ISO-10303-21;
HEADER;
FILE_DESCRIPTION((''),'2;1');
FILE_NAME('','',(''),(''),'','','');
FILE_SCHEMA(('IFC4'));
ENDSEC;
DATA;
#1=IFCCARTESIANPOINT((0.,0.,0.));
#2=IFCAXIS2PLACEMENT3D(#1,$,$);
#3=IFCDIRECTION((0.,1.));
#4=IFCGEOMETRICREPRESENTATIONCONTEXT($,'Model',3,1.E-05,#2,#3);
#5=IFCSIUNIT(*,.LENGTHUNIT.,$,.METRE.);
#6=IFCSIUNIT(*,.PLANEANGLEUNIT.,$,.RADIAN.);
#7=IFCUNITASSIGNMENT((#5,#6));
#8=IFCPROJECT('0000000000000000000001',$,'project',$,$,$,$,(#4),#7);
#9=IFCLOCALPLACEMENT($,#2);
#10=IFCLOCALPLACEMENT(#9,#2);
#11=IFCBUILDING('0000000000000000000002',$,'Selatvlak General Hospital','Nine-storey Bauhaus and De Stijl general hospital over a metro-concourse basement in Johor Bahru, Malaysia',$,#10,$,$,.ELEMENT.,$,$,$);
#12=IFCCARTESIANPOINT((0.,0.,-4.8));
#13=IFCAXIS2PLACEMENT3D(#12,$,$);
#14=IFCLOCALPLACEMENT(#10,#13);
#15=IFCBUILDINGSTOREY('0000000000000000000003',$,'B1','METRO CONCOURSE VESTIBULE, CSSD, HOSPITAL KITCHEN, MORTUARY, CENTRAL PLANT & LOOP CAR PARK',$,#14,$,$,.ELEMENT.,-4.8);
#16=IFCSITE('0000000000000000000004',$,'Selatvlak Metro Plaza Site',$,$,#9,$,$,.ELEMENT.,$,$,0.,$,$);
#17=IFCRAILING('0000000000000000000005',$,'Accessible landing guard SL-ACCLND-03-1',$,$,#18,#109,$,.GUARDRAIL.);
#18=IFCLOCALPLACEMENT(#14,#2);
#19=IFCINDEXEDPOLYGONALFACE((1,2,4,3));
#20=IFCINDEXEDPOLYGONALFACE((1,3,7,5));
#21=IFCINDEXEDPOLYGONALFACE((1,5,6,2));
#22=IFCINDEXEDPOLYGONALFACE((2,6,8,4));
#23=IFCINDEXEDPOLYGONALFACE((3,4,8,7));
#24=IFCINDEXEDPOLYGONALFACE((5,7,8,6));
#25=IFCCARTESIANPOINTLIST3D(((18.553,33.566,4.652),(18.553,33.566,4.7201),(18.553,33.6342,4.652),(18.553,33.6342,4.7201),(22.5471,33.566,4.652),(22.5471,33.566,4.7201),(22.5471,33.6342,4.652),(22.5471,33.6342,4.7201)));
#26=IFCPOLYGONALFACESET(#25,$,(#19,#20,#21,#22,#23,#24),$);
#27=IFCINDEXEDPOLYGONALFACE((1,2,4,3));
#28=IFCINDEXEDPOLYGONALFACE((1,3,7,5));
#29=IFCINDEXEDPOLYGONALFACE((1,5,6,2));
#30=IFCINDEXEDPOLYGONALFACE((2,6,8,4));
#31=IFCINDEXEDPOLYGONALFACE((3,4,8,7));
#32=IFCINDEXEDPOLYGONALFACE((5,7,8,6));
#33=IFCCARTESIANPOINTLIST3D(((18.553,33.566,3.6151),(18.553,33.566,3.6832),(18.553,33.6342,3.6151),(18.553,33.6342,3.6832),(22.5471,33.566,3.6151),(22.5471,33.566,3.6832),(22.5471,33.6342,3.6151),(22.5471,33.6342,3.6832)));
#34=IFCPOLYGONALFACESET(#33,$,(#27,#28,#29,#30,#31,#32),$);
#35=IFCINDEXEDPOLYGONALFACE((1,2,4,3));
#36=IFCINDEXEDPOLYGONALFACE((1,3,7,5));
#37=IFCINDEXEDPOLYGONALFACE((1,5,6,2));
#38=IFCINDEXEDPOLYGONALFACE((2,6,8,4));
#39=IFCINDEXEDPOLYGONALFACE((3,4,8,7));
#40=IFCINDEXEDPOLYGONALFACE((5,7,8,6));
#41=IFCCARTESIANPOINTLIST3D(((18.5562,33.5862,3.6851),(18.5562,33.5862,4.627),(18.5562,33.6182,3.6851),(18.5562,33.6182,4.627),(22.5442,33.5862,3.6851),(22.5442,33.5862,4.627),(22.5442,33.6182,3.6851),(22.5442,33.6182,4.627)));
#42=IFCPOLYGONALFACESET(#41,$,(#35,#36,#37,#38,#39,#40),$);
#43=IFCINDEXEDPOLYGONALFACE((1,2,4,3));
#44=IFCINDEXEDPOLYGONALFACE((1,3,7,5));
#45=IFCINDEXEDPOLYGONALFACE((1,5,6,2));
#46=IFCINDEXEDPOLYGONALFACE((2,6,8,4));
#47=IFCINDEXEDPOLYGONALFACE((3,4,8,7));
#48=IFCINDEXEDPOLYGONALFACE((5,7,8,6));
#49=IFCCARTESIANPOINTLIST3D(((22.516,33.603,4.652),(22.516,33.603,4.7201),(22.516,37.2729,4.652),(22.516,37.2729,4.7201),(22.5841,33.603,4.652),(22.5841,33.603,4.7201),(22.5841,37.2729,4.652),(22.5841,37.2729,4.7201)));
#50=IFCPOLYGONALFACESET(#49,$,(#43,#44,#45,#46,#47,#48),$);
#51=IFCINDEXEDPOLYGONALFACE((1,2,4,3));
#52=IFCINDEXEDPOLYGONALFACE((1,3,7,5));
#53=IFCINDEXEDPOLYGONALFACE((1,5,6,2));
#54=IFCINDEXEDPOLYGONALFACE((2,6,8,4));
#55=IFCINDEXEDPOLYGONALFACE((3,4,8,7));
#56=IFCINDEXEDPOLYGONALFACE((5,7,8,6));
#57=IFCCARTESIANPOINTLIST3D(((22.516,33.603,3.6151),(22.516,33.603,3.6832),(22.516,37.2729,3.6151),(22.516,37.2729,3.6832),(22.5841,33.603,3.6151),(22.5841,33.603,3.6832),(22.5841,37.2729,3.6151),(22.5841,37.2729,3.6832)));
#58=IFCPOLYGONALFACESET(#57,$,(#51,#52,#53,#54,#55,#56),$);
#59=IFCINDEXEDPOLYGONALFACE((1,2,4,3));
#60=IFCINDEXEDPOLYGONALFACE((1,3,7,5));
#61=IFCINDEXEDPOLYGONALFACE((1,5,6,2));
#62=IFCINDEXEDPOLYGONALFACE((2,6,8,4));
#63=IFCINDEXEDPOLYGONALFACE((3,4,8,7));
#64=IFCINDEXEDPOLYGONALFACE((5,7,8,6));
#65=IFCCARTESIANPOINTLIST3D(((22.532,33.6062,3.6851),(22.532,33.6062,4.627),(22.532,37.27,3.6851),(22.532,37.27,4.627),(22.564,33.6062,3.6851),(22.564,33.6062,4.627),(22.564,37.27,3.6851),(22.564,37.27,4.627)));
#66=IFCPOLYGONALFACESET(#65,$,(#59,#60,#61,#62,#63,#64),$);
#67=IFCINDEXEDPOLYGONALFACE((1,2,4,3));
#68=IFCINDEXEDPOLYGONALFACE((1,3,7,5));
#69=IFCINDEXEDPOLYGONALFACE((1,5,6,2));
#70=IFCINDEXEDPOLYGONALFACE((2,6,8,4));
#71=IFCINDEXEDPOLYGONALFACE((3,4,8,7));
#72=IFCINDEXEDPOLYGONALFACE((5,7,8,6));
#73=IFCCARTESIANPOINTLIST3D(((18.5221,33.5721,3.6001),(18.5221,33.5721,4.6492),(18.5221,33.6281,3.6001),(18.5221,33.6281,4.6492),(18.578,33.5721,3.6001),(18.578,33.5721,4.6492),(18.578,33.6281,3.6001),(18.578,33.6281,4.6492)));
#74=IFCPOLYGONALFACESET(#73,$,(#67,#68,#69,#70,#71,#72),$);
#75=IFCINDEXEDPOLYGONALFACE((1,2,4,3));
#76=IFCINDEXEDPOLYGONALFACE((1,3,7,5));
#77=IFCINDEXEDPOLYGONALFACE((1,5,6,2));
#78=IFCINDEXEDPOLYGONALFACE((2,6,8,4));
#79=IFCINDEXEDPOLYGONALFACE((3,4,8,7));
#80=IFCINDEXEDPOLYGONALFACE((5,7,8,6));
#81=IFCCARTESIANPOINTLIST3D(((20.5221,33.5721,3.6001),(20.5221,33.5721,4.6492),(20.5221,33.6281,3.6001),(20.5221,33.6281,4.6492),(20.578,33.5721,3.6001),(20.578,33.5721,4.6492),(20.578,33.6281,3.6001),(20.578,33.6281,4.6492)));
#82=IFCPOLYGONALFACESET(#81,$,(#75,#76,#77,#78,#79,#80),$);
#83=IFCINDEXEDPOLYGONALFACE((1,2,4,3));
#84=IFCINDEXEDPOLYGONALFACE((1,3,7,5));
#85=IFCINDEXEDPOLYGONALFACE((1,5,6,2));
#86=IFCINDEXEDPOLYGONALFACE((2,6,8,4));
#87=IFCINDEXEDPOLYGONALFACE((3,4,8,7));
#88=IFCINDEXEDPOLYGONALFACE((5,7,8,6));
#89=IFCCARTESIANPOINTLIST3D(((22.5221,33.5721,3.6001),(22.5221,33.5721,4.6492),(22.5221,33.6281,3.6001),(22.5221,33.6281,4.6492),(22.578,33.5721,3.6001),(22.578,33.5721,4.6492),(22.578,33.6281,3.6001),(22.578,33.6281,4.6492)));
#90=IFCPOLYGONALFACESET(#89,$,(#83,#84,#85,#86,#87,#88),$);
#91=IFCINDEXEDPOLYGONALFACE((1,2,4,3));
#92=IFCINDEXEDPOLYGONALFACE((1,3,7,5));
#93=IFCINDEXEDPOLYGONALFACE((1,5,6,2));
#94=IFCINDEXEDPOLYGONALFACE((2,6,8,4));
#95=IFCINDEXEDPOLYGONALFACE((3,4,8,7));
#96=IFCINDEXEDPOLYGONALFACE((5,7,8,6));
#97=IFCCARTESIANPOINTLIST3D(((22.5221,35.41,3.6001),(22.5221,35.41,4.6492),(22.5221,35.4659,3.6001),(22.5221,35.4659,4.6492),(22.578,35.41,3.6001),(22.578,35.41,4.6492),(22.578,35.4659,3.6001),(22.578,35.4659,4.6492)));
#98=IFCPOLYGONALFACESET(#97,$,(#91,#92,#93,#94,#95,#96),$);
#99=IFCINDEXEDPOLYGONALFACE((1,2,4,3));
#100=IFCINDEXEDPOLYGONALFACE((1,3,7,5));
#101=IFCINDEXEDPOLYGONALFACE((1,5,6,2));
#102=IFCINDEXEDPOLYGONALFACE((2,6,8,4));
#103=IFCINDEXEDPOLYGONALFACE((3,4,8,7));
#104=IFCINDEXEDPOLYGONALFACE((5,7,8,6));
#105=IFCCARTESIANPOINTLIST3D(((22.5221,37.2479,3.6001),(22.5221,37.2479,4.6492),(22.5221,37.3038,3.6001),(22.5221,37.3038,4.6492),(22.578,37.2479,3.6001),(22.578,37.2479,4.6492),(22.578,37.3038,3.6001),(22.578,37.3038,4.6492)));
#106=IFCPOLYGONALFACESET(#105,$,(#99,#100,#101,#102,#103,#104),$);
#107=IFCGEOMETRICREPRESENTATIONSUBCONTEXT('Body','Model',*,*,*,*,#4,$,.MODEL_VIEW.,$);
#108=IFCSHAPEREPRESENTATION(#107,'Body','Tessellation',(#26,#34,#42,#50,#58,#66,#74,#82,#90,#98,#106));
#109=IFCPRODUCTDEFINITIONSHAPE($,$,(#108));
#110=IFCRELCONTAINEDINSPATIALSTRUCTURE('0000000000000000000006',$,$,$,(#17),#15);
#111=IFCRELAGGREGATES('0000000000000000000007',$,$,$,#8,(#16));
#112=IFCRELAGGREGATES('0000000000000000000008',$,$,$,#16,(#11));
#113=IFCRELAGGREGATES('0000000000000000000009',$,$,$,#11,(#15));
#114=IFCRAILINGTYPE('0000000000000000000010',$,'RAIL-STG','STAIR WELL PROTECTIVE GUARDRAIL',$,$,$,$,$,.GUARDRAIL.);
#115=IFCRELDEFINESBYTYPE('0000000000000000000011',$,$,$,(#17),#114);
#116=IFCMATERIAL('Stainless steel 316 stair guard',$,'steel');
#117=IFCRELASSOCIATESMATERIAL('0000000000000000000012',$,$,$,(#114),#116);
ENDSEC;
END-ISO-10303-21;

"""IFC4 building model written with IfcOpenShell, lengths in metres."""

from ifc_helpers import new_model, si_unit, direction, frame, origin, origin_2d, place, context, subcontext, project, spatial, polyline, rectangle, outline, extrude, material, type_object, element, save


model = new_model("IFC4")

# Units and contexts
model_context = context("Model", 3, precision=1e-05, world=origin(), true_north=direction((0.0, 1.0)))
body_context = subcontext(model_context, "Body", "Model", "MODEL_VIEW")
ifc_project = project(units=[si_unit("LENGTHUNIT", "METRE"), si_unit("PLANEANGLEUNIT", "RADIAN")], contexts=[model_context])

# Site, building, storey
site_placement = place(None, origin())
site = spatial("IfcSite", under=ifc_project, at=site_placement, Name="Selatvlak Metro Plaza Site", CompositionType="ELEMENT", RefElevation=0.0)
building_placement = place(site_placement, origin())
building = spatial("IfcBuilding", under=site, at=building_placement, Name="Selatvlak General Hospital", Description="Nine-storey Bauhaus and De Stijl general hospital over a metro-concourse basement in Johor Bahru, Malaysia", CompositionType="ELEMENT")
storey_placement = place(building_placement, frame((0.0, 0.0, -4.8)))
storey = spatial("IfcBuildingStorey", under=building, at=storey_placement, Name="B1", Description="METRO CONCOURSE VESTIBULE, CSSD, HOSPITAL KITCHEN, MORTUARY, CENTRAL PLANT & LOOP CAR PARK", CompositionType="ELEMENT", Elevation=-4.8)

# Railing
ifc_material_1 = material(Name="Stainless steel 316 stair guard", Category="steel")
railing_type = type_object("IfcRailingType", Name="RAIL-STG", Description="STAIR WELL PROTECTIVE GUARDRAIL", PredefinedType="GUARDRAIL", material=ifc_material_1)
railing_placement = place(storey_placement, frame((18.55, 33.6001, 3.6001)))
element("IfcRailing", 1, at=railing_placement, inside=storey, type_object=railing_type, Name="Accessible landing guard SL-ACCLND-03-1", PredefinedType="GUARDRAIL", context=body_context, shape_type="SweptSolid", body=[
    extrude(rectangle(XDim=0.0681, YDim=0.0681, at=origin_2d()), frame((0.0029, 0.0, 1.0859), z_axis=(1.0, 0.0, 0.0), x_axis=(0.0, 1.0, 0.0)), (0.0, 0.0, 1.0), 3.9941),
    extrude(rectangle(XDim=0.0681, YDim=0.0681, at=origin_2d()), frame((0.0029, 0.0, 0.0491), z_axis=(1.0, 0.0, 0.0), x_axis=(0.0, 1.0, 0.0)), (0.0, 0.0, 1.0), 3.9941),
    extrude(outline(polyline([(0.0, 0.0), (3.988, 0.0), (3.988, 0.9419), (0.0, 0.9419), (0.0, 0.0)])), frame((0.0061, 0.0181, 0.085), z_axis=(0.0, -1.0, 0.0), x_axis=(1.0, 0.0, 0.0)), (0.0, 0.0, 1.0), 0.032),
    extrude(rectangle(XDim=0.0681, YDim=0.0681, at=origin_2d()), frame((4.0, 0.0029, 1.0859), z_axis=(0.0, 1.0, 0.0), x_axis=(-1.0, 0.0, 0.0)), (0.0, 0.0, 1.0), 3.6699),
    extrude(rectangle(XDim=0.0681, YDim=0.0681, at=origin_2d()), frame((4.0, 0.0029, 0.0491), z_axis=(0.0, 1.0, 0.0), x_axis=(-1.0, 0.0, 0.0)), (0.0, 0.0, 1.0), 3.6699),
    extrude(outline(polyline([(0.0, 0.0), (3.6638, 0.0), (3.6638, 0.9419), (0.0, 0.9419), (0.0, 0.0)])), frame((3.9819, 0.0061, 0.085), z_axis=(1.0, 0.0, 0.0), x_axis=(0.0, 1.0, 0.0)), (0.0, 0.0, 1.0), 0.032),
    extrude(rectangle(XDim=0.0559, YDim=0.0559, at=origin_2d()), origin(), (0.0, 0.0, 1.0), 1.0491),
    extrude(rectangle(XDim=0.0559, YDim=0.0559, at=origin_2d()), frame((2.0, 0.0, 0.0)), (0.0, 0.0, 1.0), 1.0491),
    extrude(rectangle(XDim=0.0559, YDim=0.0559, at=origin_2d()), frame((4.0, 0.0, 0.0)), (0.0, 0.0, 1.0), 1.0491),
    extrude(rectangle(XDim=0.0559, YDim=0.0559, at=origin_2d()), frame((4.0, 1.8379, 0.0)), (0.0, 0.0, 1.0), 1.0491),
    extrude(rectangle(XDim=0.0559, YDim=0.0559, at=origin_2d()), frame((4.0, 3.6758, 0.0)), (0.0, 0.0, 1.0), 1.0491),
])

save(model, "model.ifc")
